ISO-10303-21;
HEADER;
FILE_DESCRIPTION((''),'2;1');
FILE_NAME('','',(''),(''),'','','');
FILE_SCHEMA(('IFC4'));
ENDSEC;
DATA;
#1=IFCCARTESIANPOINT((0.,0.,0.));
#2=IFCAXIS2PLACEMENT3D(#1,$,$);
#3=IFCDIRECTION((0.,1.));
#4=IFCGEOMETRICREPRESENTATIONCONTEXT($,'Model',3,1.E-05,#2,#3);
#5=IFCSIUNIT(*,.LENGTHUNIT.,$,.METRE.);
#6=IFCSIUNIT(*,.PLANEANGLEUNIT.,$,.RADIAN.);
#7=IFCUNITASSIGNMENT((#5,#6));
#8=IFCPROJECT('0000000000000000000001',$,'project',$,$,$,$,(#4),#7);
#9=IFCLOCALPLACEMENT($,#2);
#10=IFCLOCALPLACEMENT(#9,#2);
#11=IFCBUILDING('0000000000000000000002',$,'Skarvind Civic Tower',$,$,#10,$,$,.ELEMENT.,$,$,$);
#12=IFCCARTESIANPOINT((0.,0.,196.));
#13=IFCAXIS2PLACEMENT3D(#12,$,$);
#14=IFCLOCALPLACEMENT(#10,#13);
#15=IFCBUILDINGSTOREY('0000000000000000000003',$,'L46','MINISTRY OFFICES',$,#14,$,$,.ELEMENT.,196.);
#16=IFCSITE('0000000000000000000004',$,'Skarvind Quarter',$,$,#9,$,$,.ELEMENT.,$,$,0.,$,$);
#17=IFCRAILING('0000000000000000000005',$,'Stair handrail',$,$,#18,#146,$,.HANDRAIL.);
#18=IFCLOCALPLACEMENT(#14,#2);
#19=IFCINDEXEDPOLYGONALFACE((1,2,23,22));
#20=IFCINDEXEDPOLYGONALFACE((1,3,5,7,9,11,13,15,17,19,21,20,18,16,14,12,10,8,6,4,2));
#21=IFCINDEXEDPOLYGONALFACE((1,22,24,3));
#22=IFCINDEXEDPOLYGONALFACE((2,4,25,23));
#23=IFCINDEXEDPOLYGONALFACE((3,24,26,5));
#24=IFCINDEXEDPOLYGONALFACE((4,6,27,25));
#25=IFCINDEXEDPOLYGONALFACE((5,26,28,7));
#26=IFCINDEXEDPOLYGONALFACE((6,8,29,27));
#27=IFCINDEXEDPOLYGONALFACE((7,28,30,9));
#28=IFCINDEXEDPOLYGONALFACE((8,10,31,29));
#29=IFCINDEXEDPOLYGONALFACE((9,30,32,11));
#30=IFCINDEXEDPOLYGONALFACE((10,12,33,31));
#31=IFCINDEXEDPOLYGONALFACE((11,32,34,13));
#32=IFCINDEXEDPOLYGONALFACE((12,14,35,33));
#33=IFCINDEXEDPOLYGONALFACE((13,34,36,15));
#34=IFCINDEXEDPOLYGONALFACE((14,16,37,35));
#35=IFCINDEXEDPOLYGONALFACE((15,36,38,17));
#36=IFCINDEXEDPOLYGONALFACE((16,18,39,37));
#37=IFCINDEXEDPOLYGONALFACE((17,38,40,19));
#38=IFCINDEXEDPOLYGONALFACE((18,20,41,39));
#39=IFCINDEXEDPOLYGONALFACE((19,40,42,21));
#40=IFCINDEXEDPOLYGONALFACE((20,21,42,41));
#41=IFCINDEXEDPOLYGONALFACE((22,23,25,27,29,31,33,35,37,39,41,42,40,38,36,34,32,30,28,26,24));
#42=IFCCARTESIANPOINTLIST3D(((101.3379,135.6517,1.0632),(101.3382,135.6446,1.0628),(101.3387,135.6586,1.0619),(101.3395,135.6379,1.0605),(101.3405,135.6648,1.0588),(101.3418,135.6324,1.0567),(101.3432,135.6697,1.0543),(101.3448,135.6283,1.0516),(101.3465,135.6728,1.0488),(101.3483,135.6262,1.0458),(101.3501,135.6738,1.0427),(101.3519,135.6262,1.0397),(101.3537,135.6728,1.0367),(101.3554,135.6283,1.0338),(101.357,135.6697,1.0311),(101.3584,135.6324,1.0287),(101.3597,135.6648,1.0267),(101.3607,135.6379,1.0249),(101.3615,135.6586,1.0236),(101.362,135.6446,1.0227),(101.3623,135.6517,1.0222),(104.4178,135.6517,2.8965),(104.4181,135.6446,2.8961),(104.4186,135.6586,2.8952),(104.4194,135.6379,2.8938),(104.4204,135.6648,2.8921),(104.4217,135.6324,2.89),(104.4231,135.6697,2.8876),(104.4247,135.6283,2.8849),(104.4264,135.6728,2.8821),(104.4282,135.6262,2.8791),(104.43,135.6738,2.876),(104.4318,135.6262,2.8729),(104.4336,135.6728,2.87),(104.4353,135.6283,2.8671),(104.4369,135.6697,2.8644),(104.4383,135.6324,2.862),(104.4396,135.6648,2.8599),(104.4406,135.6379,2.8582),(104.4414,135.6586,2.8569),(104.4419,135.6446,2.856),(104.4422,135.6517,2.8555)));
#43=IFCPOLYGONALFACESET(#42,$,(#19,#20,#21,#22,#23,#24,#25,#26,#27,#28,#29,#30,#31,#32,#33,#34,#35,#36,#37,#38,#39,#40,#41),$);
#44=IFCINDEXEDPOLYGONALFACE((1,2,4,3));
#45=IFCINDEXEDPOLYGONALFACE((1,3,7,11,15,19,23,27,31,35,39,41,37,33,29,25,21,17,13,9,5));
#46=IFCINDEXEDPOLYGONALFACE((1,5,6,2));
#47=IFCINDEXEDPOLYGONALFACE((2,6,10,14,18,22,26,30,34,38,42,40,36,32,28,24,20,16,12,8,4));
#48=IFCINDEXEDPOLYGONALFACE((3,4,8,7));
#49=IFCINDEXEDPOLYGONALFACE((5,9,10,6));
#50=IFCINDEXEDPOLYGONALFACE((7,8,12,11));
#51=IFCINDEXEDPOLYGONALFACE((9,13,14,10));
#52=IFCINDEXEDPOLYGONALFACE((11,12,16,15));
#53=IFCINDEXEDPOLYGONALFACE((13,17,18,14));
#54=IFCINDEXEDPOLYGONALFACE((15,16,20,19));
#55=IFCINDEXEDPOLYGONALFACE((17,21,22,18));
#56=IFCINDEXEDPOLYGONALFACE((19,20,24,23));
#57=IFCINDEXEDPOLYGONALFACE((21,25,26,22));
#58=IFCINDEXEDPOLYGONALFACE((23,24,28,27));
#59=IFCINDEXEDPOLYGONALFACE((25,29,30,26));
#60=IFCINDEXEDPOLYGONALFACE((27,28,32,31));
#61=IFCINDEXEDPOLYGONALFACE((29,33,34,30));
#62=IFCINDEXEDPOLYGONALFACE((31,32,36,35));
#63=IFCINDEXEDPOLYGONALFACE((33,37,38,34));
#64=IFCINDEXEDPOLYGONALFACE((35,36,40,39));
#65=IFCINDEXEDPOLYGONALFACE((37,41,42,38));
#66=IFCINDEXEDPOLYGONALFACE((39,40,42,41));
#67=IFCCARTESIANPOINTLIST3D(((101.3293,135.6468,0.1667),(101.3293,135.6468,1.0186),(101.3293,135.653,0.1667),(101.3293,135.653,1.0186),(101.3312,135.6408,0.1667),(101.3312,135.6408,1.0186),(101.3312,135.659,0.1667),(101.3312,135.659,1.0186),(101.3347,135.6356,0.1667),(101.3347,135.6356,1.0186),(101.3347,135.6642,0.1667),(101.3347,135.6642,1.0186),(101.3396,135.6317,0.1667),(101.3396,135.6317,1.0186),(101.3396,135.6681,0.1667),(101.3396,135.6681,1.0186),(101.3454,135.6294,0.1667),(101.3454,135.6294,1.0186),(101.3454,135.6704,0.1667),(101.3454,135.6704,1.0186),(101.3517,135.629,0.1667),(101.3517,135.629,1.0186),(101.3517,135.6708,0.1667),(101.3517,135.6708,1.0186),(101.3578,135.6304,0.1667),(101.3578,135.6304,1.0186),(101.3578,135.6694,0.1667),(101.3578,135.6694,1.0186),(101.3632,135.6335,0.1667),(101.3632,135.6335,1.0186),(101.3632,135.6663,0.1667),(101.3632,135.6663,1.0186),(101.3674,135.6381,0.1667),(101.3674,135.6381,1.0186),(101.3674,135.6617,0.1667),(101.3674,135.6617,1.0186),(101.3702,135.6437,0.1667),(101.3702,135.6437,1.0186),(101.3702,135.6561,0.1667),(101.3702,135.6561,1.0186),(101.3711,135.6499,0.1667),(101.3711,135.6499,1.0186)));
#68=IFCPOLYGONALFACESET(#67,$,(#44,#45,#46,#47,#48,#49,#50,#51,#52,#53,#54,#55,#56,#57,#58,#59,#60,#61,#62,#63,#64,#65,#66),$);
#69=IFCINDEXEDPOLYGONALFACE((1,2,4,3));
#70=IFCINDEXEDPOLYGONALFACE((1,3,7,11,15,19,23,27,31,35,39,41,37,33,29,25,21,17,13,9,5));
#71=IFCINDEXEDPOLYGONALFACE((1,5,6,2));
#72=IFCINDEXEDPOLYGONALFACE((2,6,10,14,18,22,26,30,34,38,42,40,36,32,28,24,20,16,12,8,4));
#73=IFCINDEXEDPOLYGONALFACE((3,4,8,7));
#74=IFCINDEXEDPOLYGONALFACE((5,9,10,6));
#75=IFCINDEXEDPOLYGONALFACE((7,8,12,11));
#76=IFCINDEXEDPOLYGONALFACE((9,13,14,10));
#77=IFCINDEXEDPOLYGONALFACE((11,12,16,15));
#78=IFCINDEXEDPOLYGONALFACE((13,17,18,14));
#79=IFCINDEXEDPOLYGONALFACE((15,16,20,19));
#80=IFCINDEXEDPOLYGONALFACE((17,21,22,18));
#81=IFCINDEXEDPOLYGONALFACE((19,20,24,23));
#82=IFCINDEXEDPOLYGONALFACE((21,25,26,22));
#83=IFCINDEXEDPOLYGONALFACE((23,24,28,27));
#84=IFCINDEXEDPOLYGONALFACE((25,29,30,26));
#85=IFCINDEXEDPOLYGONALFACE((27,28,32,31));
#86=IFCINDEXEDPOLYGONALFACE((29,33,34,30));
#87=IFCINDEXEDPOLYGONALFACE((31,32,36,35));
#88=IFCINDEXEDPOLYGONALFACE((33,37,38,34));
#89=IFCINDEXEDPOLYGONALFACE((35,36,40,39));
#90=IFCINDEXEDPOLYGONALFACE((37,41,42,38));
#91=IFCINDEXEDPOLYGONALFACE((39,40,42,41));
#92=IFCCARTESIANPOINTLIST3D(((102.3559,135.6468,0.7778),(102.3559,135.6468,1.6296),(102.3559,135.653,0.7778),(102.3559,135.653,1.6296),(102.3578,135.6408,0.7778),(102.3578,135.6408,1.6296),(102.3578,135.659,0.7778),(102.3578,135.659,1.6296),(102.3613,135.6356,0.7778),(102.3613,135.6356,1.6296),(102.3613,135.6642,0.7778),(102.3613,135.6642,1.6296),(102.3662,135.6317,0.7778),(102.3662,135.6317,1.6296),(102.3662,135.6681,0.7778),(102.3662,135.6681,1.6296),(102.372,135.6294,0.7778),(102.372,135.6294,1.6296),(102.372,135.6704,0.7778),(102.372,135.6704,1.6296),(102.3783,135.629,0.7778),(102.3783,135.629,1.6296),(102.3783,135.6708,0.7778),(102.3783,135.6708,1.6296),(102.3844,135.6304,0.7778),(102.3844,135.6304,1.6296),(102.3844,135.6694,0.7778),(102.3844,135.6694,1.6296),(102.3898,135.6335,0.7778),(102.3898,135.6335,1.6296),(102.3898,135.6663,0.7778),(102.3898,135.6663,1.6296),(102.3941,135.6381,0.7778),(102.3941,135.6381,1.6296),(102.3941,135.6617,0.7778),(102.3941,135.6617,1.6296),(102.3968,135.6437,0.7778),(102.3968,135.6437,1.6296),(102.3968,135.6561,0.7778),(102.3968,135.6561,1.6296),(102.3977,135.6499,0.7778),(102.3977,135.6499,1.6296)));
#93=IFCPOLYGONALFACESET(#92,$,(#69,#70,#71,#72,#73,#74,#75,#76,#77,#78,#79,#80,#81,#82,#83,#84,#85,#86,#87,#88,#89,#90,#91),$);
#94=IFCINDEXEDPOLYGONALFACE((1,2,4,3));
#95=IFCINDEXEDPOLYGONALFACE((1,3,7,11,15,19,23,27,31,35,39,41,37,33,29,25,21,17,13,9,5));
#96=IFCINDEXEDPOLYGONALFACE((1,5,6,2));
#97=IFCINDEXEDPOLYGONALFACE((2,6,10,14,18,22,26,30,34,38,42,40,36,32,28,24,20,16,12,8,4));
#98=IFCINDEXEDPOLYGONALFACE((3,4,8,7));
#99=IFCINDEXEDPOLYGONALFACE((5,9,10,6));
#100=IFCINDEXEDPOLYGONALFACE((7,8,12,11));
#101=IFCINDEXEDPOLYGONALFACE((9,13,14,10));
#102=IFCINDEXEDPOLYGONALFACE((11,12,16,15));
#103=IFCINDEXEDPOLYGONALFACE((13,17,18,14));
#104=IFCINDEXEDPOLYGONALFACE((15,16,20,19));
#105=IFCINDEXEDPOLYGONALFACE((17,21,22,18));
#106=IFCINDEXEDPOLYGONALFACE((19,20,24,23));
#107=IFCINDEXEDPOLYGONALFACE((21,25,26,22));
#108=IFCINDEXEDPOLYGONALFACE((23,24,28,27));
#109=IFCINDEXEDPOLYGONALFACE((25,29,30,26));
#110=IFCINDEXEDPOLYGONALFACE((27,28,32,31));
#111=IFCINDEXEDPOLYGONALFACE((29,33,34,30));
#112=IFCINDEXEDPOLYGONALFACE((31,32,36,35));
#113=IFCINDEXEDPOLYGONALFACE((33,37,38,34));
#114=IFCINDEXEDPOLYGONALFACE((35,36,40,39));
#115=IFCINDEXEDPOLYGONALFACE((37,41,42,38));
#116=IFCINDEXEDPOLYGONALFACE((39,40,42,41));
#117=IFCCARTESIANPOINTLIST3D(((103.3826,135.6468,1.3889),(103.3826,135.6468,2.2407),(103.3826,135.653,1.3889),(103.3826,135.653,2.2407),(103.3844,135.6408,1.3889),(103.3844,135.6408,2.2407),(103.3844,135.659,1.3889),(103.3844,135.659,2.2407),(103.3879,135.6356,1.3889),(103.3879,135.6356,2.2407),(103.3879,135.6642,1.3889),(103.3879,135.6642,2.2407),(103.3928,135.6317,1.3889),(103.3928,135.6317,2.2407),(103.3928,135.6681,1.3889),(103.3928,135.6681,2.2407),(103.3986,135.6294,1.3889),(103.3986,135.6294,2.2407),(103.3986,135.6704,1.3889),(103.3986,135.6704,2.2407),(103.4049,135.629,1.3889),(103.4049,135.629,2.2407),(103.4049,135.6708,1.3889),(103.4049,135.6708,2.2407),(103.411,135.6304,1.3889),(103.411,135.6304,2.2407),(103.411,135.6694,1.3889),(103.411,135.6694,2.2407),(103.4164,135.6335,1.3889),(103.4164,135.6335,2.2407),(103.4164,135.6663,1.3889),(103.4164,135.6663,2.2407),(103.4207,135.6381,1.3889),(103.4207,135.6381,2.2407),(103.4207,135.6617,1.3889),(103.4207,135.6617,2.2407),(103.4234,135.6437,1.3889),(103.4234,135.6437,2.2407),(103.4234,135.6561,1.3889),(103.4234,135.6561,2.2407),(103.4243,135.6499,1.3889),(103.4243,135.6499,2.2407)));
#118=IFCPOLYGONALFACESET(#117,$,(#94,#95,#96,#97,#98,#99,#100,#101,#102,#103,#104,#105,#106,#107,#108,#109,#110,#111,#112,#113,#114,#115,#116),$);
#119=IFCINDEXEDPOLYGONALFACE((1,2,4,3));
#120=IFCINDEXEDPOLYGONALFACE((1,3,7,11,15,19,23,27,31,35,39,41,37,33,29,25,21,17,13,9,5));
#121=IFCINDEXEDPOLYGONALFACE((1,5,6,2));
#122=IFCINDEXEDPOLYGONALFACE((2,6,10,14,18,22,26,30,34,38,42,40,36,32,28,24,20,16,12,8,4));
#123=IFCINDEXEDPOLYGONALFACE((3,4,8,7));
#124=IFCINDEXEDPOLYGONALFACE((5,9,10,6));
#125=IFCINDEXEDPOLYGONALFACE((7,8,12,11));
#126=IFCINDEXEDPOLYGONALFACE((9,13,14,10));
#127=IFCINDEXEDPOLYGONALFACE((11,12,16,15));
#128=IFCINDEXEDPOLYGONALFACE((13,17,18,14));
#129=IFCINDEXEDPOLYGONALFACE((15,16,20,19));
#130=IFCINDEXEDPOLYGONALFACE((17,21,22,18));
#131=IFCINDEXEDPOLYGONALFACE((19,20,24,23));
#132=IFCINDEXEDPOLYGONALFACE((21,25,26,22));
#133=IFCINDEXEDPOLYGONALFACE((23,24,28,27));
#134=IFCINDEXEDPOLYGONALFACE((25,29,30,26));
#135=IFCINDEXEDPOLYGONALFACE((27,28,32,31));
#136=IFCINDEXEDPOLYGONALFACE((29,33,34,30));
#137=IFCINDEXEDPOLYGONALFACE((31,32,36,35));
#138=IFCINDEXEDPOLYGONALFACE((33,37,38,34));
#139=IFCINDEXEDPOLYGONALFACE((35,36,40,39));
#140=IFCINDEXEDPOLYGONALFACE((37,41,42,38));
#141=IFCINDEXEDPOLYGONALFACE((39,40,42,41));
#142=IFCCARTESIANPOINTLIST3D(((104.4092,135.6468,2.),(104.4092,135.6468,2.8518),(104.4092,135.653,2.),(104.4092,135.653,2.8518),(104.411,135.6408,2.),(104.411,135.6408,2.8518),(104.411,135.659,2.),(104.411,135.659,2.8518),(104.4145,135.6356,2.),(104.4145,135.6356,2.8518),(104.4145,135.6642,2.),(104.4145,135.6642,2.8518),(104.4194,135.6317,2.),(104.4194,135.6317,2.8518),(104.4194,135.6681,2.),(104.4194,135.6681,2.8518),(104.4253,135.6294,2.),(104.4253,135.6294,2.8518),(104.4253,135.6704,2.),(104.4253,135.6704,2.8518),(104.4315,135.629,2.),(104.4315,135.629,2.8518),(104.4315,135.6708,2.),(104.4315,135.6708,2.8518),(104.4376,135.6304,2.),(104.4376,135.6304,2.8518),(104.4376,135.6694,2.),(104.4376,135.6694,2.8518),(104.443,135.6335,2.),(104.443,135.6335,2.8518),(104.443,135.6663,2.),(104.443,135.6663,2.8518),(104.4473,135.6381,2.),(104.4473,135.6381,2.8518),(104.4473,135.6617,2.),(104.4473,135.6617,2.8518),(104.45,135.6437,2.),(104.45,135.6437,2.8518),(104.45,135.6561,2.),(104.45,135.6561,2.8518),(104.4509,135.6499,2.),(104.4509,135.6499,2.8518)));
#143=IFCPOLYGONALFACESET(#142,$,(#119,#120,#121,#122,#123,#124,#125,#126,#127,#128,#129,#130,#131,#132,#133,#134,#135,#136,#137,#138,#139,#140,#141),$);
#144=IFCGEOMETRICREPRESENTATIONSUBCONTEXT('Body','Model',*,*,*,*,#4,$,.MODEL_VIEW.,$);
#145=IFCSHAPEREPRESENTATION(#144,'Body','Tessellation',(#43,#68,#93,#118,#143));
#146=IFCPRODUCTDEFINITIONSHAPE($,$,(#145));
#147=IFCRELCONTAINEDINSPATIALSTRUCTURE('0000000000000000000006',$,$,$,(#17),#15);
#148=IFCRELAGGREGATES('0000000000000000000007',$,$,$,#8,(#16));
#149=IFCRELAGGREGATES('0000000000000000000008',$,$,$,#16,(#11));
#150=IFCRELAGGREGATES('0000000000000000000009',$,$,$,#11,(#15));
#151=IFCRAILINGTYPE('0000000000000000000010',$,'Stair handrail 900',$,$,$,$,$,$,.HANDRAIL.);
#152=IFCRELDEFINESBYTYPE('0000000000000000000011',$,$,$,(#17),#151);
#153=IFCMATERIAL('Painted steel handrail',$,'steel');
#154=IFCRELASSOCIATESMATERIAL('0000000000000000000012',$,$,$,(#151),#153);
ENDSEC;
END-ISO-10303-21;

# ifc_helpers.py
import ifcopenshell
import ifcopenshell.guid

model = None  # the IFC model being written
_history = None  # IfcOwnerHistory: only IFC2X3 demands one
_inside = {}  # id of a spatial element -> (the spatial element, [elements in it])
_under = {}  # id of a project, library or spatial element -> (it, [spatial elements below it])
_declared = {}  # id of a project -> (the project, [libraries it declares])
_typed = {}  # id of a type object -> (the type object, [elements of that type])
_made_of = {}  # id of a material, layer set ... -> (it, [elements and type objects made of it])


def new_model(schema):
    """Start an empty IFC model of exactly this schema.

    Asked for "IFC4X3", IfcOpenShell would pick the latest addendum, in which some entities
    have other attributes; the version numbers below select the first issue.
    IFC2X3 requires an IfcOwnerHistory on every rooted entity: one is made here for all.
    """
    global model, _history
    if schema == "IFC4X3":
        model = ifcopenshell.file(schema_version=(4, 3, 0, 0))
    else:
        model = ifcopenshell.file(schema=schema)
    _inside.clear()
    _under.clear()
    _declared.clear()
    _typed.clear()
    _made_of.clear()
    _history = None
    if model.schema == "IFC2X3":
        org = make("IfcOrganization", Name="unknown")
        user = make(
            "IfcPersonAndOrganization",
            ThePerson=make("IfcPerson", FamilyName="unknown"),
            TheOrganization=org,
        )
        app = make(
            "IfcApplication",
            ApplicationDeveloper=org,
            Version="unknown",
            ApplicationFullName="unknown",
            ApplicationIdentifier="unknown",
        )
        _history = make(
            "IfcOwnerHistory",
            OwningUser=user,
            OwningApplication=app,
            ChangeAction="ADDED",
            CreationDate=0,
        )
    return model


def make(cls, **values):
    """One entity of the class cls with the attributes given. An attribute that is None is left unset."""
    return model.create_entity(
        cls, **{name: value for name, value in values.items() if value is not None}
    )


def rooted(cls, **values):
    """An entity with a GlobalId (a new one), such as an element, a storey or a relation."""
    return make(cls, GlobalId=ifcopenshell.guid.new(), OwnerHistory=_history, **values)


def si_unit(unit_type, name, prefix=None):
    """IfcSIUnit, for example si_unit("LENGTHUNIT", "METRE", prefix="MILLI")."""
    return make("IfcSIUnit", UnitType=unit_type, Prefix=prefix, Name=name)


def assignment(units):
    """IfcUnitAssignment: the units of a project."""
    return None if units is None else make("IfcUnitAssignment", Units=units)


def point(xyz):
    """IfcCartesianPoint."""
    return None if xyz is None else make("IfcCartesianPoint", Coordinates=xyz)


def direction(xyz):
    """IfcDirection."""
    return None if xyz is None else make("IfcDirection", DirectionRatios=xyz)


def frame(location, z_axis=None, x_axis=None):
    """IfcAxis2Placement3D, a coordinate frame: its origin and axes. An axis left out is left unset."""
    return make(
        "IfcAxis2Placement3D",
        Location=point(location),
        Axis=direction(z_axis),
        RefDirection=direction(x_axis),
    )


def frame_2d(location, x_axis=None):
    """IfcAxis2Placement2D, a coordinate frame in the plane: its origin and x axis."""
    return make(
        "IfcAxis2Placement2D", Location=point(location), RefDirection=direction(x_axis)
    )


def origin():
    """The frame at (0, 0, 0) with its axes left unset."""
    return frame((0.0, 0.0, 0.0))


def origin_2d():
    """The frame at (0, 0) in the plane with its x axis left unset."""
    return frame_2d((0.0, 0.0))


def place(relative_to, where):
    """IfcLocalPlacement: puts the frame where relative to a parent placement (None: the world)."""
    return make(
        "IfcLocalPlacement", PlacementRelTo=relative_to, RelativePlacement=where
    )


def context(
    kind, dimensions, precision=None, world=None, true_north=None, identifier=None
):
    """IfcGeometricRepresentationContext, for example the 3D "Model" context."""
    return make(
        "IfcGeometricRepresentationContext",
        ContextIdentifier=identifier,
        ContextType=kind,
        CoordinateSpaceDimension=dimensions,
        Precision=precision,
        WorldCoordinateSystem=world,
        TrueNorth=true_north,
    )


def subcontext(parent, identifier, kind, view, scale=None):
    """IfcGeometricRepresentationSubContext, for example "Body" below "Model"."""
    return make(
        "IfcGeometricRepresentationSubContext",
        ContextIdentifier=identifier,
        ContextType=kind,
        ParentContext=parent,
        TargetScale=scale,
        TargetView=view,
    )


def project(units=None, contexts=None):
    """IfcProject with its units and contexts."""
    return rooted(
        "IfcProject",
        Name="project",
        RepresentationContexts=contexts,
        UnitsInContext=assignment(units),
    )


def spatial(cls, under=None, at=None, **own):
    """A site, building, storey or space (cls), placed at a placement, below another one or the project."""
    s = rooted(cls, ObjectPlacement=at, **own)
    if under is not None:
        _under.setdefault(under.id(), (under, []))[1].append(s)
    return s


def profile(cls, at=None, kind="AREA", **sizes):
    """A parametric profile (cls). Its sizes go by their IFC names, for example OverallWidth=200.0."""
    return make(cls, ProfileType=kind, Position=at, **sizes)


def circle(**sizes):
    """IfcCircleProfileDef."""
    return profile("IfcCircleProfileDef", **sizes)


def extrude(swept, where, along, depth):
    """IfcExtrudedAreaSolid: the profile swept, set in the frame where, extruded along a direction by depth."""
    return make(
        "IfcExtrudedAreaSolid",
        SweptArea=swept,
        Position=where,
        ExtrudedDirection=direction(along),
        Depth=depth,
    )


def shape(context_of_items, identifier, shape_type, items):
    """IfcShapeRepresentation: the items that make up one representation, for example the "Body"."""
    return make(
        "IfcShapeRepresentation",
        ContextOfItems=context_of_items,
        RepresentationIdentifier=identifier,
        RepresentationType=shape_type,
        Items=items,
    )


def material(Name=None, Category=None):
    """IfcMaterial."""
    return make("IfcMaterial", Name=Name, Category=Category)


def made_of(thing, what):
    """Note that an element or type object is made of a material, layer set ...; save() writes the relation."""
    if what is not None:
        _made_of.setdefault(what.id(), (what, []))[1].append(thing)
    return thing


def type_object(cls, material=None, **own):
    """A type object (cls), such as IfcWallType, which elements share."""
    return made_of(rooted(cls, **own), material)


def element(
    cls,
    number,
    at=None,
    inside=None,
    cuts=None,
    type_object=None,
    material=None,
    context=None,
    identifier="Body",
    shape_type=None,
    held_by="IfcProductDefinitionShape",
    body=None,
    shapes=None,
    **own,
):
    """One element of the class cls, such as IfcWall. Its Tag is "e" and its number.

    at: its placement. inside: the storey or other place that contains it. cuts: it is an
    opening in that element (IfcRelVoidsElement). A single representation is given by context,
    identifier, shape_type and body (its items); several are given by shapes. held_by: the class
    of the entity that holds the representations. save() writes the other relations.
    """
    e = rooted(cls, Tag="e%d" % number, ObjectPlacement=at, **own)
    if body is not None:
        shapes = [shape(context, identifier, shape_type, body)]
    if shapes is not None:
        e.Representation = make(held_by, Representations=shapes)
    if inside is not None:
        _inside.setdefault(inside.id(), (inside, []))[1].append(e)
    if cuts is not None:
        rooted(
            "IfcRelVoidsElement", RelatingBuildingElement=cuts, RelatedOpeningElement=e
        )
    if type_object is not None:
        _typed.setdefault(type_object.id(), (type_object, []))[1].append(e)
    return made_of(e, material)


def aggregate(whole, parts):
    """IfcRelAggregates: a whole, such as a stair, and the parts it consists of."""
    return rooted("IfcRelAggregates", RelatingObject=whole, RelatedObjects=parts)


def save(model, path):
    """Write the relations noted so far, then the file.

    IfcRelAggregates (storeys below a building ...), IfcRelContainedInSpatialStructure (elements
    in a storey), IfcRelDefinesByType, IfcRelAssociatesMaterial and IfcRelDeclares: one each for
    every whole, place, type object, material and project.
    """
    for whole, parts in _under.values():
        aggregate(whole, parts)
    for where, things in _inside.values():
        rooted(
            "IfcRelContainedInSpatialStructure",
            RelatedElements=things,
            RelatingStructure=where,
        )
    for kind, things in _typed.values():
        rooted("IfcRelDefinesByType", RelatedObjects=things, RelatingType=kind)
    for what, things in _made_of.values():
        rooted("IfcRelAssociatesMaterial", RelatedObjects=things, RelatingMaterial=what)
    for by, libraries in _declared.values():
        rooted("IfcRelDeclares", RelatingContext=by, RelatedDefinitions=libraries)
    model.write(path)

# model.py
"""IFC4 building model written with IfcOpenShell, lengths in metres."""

from ifc_helpers import new_model, si_unit, direction, frame, origin, origin_2d, place, context, subcontext, project, spatial, circle, extrude, material, type_object, element, save


model = new_model("IFC4")

# Units and contexts
model_context = context("Model", 3, precision=1e-05, world=origin(), true_north=direction((0.0, 1.0)))
body_context = subcontext(model_context, "Body", "Model", "MODEL_VIEW")
ifc_project = project(units=[si_unit("LENGTHUNIT", "METRE"), si_unit("PLANEANGLEUNIT", "RADIAN")], contexts=[model_context])

# Site, building, storey
site_placement = place(None, origin())
site = spatial("IfcSite", under=ifc_project, at=site_placement, Name="Skarvind Quarter", CompositionType="ELEMENT", RefElevation=0.0)
building_placement = place(site_placement, origin())
building = spatial("IfcBuilding", under=site, at=building_placement, Name="Skarvind Civic Tower", CompositionType="ELEMENT")
storey_placement = place(building_placement, frame((0.0, 0.0, 196.0)))
storey = spatial("IfcBuildingStorey", under=building, at=storey_placement, Name="L46", Description="MINISTRY OFFICES", CompositionType="ELEMENT", Elevation=196.0)

# Railing
ifc_material_1 = material(Name="Painted steel handrail", Category="steel")
railing_type = type_object("IfcRailingType", Name="Stair handrail 900", PredefinedType="HANDRAIL", material=ifc_material_1)
railing_1_placement = place(storey_placement, frame((101.3501, 135.6499, 0.1667)))
element("IfcRailing", 1, at=railing_1_placement, inside=storey, type_object=railing_type, Name="Stair handrail", PredefinedType="HANDRAIL", context=body_context, shape_type="SweptSolid", body=[
    extrude(circle(Radius=0.0239, at=origin_2d()), frame((0.0, 0.0, 0.876), z_axis=(0.859291, 0.0, 0.511487), x_axis=(0.0, 1.0, 0.0)), (0.0, 0.0, 1.0), 3.5842),
    extrude(circle(Radius=0.021, at=origin_2d()), origin(), (0.0, 0.0, 1.0), 0.8518),
    extrude(circle(Radius=0.021, at=origin_2d()), frame((1.0266, 0.0, 0.6111)), (0.0, 0.0, 1.0), 0.8518),
    extrude(circle(Radius=0.021, at=origin_2d()), frame((2.0532, 0.0, 1.2222)), (0.0, 0.0, 1.0), 0.8518),
    extrude(circle(Radius=0.021, at=origin_2d()), frame((3.0798, 0.0, 1.8333)), (0.0, 0.0, 1.0), 0.8518),
])

save(model, "model.ifc")
